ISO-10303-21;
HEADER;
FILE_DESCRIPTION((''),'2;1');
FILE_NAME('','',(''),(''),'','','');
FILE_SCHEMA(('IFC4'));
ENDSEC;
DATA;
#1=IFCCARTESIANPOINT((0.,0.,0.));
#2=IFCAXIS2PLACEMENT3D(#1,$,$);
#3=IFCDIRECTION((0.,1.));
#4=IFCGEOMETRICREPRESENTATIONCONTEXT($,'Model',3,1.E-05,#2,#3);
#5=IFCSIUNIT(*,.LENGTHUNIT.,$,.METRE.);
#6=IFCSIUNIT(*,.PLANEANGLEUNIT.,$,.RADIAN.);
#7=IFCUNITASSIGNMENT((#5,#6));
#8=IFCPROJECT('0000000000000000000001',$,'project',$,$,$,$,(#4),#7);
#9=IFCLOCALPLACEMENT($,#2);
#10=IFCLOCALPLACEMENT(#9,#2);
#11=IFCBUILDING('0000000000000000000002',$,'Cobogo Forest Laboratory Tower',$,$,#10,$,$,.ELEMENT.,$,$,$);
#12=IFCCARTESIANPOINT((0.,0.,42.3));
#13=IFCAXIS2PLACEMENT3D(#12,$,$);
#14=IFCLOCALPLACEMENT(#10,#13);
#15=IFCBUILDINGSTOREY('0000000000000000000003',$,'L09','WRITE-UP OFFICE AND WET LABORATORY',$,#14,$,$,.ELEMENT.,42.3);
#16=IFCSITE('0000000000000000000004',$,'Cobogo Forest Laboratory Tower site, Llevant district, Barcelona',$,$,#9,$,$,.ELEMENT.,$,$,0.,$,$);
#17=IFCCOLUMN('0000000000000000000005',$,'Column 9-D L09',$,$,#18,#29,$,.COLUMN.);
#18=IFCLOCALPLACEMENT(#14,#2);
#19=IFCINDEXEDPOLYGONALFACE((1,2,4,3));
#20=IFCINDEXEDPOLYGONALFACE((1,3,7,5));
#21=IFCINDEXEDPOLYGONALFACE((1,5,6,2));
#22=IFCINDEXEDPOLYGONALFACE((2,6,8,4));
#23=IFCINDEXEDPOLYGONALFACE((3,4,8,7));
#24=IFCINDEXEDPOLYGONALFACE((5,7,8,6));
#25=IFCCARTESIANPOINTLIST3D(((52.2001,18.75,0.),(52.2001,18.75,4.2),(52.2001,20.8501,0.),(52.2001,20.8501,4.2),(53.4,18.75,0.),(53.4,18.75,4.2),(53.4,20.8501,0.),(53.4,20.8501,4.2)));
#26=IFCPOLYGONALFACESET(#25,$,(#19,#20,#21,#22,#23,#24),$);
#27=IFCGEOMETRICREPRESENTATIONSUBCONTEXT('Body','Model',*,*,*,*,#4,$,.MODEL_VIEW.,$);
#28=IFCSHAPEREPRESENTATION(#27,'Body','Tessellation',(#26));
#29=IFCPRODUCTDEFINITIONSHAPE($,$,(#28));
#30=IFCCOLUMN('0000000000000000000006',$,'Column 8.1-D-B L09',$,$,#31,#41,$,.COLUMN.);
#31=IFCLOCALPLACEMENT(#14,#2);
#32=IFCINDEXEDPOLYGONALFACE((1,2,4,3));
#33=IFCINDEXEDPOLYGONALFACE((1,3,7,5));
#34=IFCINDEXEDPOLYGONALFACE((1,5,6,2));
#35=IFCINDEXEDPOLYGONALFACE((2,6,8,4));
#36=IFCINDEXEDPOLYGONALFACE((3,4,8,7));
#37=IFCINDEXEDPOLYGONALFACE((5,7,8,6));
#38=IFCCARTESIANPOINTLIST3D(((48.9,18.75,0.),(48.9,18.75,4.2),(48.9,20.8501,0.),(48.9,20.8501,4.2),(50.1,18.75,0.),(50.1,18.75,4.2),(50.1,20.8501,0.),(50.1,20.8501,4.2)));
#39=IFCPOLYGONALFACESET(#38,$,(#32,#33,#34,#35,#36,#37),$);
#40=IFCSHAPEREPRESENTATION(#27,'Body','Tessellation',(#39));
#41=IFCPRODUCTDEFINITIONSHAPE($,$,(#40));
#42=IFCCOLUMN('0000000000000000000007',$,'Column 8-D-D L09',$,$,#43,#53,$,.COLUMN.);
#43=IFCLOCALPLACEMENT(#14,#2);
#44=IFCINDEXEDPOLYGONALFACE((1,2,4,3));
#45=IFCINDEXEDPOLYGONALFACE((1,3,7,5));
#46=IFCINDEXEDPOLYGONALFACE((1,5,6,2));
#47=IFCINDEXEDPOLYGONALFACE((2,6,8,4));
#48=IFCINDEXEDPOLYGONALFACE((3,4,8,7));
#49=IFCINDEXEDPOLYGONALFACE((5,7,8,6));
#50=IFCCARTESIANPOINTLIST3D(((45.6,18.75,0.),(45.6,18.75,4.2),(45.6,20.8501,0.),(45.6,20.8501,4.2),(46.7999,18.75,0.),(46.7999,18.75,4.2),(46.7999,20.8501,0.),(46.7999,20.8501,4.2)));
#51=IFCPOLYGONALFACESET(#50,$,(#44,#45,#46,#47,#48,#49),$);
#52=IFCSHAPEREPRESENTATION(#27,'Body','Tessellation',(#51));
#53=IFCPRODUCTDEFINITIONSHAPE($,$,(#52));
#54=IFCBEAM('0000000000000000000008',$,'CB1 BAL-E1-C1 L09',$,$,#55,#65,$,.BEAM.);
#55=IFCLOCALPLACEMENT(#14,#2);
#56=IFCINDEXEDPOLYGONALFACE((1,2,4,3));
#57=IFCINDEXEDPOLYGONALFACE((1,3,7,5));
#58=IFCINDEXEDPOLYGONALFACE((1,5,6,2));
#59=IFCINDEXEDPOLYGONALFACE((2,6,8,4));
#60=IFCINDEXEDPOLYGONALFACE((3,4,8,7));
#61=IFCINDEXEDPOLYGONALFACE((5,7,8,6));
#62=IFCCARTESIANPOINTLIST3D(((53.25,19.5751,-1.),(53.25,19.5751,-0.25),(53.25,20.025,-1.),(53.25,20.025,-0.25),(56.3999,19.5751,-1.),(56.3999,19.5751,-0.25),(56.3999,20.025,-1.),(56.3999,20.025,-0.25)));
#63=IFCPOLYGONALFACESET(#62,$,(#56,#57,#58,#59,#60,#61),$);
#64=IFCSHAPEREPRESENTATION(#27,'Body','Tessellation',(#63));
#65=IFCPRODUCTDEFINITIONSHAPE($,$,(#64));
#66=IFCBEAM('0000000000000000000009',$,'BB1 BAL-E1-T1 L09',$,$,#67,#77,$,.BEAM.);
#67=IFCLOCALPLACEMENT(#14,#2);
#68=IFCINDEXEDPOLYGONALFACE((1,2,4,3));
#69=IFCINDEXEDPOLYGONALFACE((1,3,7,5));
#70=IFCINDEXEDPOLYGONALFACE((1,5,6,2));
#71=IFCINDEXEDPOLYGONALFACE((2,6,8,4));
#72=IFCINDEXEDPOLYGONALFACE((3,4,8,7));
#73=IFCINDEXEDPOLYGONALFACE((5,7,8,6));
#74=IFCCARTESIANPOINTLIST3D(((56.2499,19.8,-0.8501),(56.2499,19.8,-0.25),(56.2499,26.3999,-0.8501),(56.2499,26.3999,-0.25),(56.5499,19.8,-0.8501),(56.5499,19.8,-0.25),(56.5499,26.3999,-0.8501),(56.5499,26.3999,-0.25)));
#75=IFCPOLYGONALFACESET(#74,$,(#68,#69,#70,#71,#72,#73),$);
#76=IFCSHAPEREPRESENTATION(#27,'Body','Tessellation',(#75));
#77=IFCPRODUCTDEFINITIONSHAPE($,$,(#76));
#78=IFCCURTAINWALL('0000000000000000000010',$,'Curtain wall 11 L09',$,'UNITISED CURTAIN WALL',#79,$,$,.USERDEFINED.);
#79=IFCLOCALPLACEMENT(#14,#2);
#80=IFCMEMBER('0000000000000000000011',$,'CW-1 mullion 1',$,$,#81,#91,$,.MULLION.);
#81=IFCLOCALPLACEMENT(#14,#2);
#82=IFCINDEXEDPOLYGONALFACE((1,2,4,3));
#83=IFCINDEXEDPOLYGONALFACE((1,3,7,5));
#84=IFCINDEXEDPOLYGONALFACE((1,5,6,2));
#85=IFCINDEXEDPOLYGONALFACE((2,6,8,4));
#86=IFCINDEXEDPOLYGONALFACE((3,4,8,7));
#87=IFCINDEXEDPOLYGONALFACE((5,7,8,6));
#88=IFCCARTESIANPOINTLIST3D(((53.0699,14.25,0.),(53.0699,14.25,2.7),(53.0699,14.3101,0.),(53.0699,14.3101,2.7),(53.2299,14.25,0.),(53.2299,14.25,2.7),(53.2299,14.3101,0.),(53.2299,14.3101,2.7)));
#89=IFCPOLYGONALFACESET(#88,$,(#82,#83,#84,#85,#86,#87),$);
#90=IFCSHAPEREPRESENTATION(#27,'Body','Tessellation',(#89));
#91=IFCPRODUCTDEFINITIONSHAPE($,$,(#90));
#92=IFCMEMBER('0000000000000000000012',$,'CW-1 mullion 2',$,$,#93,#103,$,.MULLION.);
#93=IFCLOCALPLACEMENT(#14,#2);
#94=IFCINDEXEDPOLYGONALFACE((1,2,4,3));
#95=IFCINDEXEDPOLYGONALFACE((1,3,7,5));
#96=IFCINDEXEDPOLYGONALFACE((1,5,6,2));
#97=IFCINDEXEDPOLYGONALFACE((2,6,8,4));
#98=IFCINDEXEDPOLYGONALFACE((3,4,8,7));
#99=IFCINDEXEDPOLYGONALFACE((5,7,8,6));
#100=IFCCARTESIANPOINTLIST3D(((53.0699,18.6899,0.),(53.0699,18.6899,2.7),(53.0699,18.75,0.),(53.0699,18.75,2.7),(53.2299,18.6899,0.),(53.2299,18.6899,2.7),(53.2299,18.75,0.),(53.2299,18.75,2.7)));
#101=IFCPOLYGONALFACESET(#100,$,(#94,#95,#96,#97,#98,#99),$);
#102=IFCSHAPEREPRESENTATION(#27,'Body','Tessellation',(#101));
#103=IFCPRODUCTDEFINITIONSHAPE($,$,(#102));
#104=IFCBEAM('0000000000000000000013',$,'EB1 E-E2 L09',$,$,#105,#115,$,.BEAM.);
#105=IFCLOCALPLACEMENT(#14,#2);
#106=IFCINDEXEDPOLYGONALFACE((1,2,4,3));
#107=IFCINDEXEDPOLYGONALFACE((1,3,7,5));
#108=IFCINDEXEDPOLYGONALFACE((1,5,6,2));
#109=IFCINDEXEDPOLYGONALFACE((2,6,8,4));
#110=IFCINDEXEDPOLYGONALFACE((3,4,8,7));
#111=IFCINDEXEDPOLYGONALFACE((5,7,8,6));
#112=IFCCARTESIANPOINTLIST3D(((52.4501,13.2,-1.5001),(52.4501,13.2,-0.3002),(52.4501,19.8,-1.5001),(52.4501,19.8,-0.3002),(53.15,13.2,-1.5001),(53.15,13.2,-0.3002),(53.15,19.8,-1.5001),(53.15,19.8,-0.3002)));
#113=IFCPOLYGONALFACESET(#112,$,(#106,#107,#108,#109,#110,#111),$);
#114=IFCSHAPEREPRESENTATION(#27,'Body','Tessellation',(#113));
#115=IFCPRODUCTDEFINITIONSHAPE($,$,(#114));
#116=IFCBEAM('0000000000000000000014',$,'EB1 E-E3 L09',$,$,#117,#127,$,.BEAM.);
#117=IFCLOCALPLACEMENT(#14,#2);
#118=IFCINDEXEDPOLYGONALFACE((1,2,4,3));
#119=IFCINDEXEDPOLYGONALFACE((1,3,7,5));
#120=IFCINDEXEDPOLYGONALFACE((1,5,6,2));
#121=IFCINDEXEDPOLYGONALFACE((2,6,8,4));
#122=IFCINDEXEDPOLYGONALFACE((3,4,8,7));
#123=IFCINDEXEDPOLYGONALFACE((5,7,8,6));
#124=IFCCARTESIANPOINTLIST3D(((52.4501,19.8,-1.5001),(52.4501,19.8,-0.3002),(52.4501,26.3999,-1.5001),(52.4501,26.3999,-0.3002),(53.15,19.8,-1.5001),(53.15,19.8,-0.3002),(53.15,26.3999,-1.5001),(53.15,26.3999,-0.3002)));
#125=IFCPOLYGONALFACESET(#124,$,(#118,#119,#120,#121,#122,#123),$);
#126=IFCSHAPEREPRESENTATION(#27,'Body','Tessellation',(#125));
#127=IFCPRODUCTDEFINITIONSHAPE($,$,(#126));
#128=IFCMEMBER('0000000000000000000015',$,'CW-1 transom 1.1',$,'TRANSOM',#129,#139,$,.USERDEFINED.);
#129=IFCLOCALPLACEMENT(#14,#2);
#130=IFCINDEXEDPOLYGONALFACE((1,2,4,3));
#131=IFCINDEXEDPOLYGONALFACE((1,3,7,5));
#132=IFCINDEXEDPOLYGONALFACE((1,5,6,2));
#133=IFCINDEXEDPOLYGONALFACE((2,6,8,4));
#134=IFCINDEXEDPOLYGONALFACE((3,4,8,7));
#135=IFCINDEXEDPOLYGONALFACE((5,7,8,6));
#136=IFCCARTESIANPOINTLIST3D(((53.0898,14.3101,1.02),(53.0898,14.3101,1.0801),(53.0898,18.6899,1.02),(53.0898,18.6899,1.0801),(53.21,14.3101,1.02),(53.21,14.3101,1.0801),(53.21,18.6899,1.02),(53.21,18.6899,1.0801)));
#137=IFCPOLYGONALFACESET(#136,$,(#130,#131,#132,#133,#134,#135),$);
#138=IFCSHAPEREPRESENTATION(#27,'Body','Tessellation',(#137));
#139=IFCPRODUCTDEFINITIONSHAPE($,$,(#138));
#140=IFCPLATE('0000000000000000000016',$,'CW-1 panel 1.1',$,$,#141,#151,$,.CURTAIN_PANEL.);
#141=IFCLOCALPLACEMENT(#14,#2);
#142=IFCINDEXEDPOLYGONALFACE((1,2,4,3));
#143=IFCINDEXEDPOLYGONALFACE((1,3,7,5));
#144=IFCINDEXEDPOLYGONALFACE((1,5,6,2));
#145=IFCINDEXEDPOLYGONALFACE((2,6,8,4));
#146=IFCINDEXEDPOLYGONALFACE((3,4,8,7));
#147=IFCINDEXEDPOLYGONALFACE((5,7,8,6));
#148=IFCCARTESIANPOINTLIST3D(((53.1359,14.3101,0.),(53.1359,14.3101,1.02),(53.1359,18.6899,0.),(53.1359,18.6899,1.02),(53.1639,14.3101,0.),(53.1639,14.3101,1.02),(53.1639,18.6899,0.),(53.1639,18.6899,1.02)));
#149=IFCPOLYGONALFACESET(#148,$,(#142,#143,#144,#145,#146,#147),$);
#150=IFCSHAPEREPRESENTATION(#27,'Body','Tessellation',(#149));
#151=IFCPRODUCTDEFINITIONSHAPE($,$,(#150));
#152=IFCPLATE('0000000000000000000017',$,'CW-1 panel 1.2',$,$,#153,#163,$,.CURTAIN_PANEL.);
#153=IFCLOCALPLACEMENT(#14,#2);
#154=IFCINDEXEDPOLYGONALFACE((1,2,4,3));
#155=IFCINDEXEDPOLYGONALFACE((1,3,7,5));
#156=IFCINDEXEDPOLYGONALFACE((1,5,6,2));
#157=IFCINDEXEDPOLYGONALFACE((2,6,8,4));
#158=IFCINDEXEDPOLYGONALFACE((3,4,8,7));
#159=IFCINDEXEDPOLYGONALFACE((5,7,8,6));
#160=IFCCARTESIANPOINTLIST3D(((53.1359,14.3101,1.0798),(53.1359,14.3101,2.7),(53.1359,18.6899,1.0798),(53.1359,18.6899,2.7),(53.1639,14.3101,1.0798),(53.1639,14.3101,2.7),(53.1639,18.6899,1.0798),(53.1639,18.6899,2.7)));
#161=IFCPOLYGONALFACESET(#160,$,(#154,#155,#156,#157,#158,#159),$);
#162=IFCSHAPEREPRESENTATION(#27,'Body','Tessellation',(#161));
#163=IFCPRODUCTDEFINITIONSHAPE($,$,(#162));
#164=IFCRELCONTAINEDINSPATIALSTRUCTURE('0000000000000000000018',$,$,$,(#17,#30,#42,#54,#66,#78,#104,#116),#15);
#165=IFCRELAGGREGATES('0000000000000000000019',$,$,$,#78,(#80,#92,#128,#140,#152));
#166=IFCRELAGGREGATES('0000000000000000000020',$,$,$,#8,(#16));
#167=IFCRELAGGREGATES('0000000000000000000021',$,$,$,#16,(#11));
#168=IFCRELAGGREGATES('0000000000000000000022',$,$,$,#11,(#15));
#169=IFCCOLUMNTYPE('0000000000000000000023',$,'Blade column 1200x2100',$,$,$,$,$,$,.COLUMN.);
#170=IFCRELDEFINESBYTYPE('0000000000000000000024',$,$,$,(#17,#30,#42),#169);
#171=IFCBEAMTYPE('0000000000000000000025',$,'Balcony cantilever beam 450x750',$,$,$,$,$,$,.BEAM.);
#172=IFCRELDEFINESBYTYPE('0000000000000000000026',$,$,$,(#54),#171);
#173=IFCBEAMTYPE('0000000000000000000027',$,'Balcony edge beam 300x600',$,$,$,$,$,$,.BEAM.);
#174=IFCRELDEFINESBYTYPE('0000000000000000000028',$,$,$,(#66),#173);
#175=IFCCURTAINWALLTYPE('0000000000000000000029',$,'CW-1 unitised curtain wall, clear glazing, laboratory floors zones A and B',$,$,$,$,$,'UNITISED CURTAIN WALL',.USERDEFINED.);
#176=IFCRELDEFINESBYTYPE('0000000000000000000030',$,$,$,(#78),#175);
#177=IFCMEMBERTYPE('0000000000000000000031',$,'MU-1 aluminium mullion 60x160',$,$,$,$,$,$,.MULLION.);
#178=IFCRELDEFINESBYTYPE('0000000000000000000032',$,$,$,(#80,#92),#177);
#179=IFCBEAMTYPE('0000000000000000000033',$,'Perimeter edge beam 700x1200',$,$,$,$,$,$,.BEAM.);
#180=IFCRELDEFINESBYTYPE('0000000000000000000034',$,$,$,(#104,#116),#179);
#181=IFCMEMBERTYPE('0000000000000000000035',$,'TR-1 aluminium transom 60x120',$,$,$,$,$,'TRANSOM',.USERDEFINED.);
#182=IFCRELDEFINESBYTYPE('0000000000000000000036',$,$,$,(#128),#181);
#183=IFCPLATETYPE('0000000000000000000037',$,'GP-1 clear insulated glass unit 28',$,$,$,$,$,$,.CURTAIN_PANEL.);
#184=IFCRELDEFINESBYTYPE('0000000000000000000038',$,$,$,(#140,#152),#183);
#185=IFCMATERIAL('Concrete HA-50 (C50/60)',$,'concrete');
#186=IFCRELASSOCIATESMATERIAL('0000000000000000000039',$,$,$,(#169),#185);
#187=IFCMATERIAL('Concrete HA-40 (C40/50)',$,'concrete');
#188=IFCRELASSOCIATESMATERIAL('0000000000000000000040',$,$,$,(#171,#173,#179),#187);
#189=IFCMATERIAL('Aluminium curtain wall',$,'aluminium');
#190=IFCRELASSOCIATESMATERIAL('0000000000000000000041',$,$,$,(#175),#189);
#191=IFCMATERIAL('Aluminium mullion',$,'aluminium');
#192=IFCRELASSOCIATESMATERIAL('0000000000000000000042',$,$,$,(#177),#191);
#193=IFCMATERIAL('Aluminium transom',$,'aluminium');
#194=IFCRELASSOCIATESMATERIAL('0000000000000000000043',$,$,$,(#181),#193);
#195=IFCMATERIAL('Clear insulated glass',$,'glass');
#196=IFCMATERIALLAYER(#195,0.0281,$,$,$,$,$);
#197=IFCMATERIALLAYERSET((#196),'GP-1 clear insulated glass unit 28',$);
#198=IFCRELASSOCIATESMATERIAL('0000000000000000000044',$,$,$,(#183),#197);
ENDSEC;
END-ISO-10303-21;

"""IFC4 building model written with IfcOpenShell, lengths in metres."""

from ifc_helpers import new_model, si_unit, direction, frame, origin, origin_2d, place, context, subcontext, project, spatial, rectangle, extrude, material, layer, layer_set, material_profile, profile_set, type_object, element, aggregate, save


model = new_model("IFC4")

# Units and contexts
model_context = context("Model", 3, precision=1e-05, world=origin(), true_north=direction((0.0, 1.0)))
body_context = subcontext(model_context, "Body", "Model", "MODEL_VIEW")
ifc_project = project(units=[si_unit("LENGTHUNIT", "METRE"), si_unit("PLANEANGLEUNIT", "RADIAN")], contexts=[model_context])

# Site, building, storey
site_placement = place(None, origin())
site = spatial("IfcSite", under=ifc_project, at=site_placement, Name="Cobogo Forest Laboratory Tower site, Llevant district, Barcelona", CompositionType="ELEMENT", RefElevation=0.0)
building_placement = place(site_placement, origin())
building = spatial("IfcBuilding", under=site, at=building_placement, Name="Cobogo Forest Laboratory Tower", CompositionType="ELEMENT")
storey_placement = place(building_placement, frame((0.0, 0.0, 42.3)))
storey = spatial("IfcBuildingStorey", under=building, at=storey_placement, Name="L09", Description="WRITE-UP OFFICE AND WET LABORATORY", CompositionType="ELEMENT", Elevation=42.3)

# Columns
ifc_material_1 = material(Name="Concrete HA-50 (C50/60)", Category="concrete")
ifc_material_profile_1 = material_profile(ifc_material_1, rectangle(XDim=2.1001, YDim=1.2, at=origin_2d()), Name="RC 1200x2100")
ifc_profile_set_1 = profile_set([ifc_material_profile_1], Name="Concrete HA-50 (C50/60)")
column_type = type_object("IfcColumnType", Name="Blade column 1200x2100", PredefinedType="COLUMN", material=ifc_profile_set_1)
for number, where, z_axis, x_axis, name in (
    (1, (52.8, 19.8, 0.0), (0.0, 0.0, 1.0), (0.0, 1.0, 0.0), "Column 9-D L09"),
    (2, (49.5, 19.8, 0.0), (0.0, 0.0, 1.0), (0.0, 1.0, 0.0), "Column 8.1-D-B L09"),
    (3, (46.2, 19.8, 0.0), (0.0, 0.0, 1.0), (0.0, 1.0, 0.0), "Column 8-D-D L09"),
):
    element("IfcColumn", number, at=place(storey_placement, frame(where, z_axis=z_axis, x_axis=x_axis)), inside=storey, type_object=column_type, Name=name, PredefinedType="COLUMN", context=body_context, shape_type="SweptSolid", body=[
        extrude(rectangle(XDim=2.1001, YDim=1.2, at=origin_2d()), origin(), (0.0, 0.0, 1.0), 4.2),
    ])

# Beams
ifc_material_2 = material(Name="Concrete HA-40 (C40/50)", Category="concrete")
ifc_material_profile_2 = material_profile(ifc_material_2, rectangle(XDim=0.45, YDim=0.75, at=origin_2d()), Name="RC 450x750")
ifc_profile_set_2 = profile_set([ifc_material_profile_2], Name="Concrete HA-40 (C40/50)")
beam_type_1 = type_object("IfcBeamType", Name="Balcony cantilever beam 450x750", PredefinedType="BEAM", material=ifc_profile_set_2)
beam_1_placement = place(storey_placement, frame((53.25, 19.8, -0.625), z_axis=(1.0, 0.0, 0.0), x_axis=(0.0, 1.0, 0.0)))
element("IfcBeam", 4, at=beam_1_placement, inside=storey, type_object=beam_type_1, Name="CB1 BAL-E1-C1 L09", PredefinedType="BEAM", context=body_context, shape_type="SweptSolid", body=[
    extrude(rectangle(XDim=0.45, YDim=0.75, at=origin_2d()), origin(), (0.0, 0.0, 1.0), 3.1499),
])
ifc_material_profile_3 = material_profile(ifc_material_2, rectangle(XDim=0.3, YDim=0.6001, at=origin_2d()), Name="RC 300x600")
ifc_profile_set_3 = profile_set([ifc_material_profile_3], Name="Concrete HA-40 (C40/50)")
beam_type_2 = type_object("IfcBeamType", Name="Balcony edge beam 300x600", PredefinedType="BEAM", material=ifc_profile_set_3)
beam_2_placement = place(storey_placement, frame((56.3999, 19.8, -0.55), z_axis=(0.0, 1.0, 0.0), x_axis=(-1.0, 0.0, 0.0)))
element("IfcBeam", 5, at=beam_2_placement, inside=storey, type_object=beam_type_2, Name="BB1 BAL-E1-T1 L09", PredefinedType="BEAM", context=body_context, shape_type="SweptSolid", body=[
    extrude(rectangle(XDim=0.3, YDim=0.6001, at=origin_2d()), origin(), (0.0, 0.0, 1.0), 6.5999),
])

# Curtain wall, members
ifc_material_3 = material(Name="Aluminium curtain wall", Category="aluminium")
curtain_wall_type = type_object("IfcCurtainWallType", Name="CW-1 unitised curtain wall, clear glazing, laboratory floors zones A and B", ElementType="UNITISED CURTAIN WALL", PredefinedType="USERDEFINED", material=ifc_material_3)
curtain_wall_placement = place(storey_placement, origin())
curtain_wall = element("IfcCurtainWall", 6, at=curtain_wall_placement, inside=storey, type_object=curtain_wall_type, Name="Curtain wall 11 L09", ObjectType="UNITISED CURTAIN WALL", PredefinedType="USERDEFINED")
ifc_material_4 = material(Name="Aluminium mullion", Category="aluminium")
ifc_material_profile_4 = material_profile(ifc_material_4, rectangle(XDim=0.0601, YDim=0.1599, at=origin_2d()), Name="AL 60x160")
ifc_profile_set_4 = profile_set([ifc_material_profile_4], Name="Aluminium mullion")
member_type_1 = type_object("IfcMemberType", Name="MU-1 aluminium mullion 60x160", PredefinedType="MULLION", material=ifc_profile_set_4)
member_1_placement = place(storey_placement, frame((53.1499, 14.28, 0.0), z_axis=(0.0, 0.0, 1.0), x_axis=(0.0, 1.0, 0.0)))
member_1 = element("IfcMember", 7, at=member_1_placement, type_object=member_type_1, Name="CW-1 mullion 1", PredefinedType="MULLION", context=body_context, shape_type="SweptSolid", body=[
    extrude(rectangle(XDim=0.0601, YDim=0.1599, at=origin_2d()), origin(), (0.0, 0.0, 1.0), 2.7),
])
member_2_placement = place(storey_placement, frame((53.1499, 18.72, 0.0), z_axis=(0.0, 0.0, 1.0), x_axis=(0.0, 1.0, 0.0)))
member_2 = element("IfcMember", 8, at=member_2_placement, type_object=member_type_1, Name="CW-1 mullion 2", PredefinedType="MULLION", context=body_context, shape_type="SweptSolid", body=[
    extrude(rectangle(XDim=0.0601, YDim=0.1599, at=origin_2d()), origin(), (0.0, 0.0, 1.0), 2.7),
])

# Beams
ifc_material_profile_5 = material_profile(ifc_material_2, rectangle(XDim=0.7, YDim=1.2, at=origin_2d()), Name="RC 700x1200")
ifc_profile_set_5 = profile_set([ifc_material_profile_5], Name="Concrete HA-40 (C40/50)")
beam_type_3 = type_object("IfcBeamType", Name="Perimeter edge beam 700x1200", PredefinedType="BEAM", material=ifc_profile_set_5)
beam_3_placement = place(storey_placement, frame((52.8, 13.2, -0.9001), z_axis=(0.0, 1.0, 0.0), x_axis=(-1.0, 0.0, 0.0)))
element("IfcBeam", 9, at=beam_3_placement, inside=storey, type_object=beam_type_3, Name="EB1 E-E2 L09", PredefinedType="BEAM", context=body_context, shape_type="SweptSolid", body=[
    extrude(rectangle(XDim=0.7, YDim=1.2, at=origin_2d()), origin(), (0.0, 0.0, 1.0), 6.6001),
])
beam_4_placement = place(storey_placement, frame((52.8, 19.8, -0.9001), z_axis=(0.0, 1.0, 0.0), x_axis=(-1.0, 0.0, 0.0)))
element("IfcBeam", 10, at=beam_4_placement, inside=storey, type_object=beam_type_3, Name="EB1 E-E3 L09", PredefinedType="BEAM", context=body_context, shape_type="SweptSolid", body=[
    extrude(rectangle(XDim=0.7, YDim=1.2, at=origin_2d()), origin(), (0.0, 0.0, 1.0), 6.5999),
])

# Member
ifc_material_5 = material(Name="Aluminium transom", Category="aluminium")
ifc_material_profile_6 = material_profile(ifc_material_5, rectangle(XDim=0.1201, YDim=0.0601, at=origin_2d()), Name="AL 60x120")
ifc_profile_set_6 = profile_set([ifc_material_profile_6], Name="Aluminium transom")
member_type_2 = type_object("IfcMemberType", Name="TR-1 aluminium transom 60x120", ElementType="TRANSOM", PredefinedType="USERDEFINED", material=ifc_profile_set_6)
member_3_placement = place(storey_placement, frame((53.1499, 14.3101, 1.05), z_axis=(0.0, 1.0, 0.0), x_axis=(-1.0, 0.0, 0.0)))
member_3 = element("IfcMember", 11, at=member_3_placement, type_object=member_type_2, Name="CW-1 transom 1.1", ObjectType="TRANSOM", PredefinedType="USERDEFINED", context=body_context, shape_type="SweptSolid", body=[
    extrude(rectangle(XDim=0.1201, YDim=0.0601, at=origin_2d()), origin(), (0.0, 0.0, 1.0), 4.3799),
])

# Plates
ifc_material_6 = material(Name="Clear insulated glass", Category="glass")
ifc_layer_1 = layer(ifc_material_6, 0.0281)
ifc_layer_set_1 = layer_set([ifc_layer_1], Name="GP-1 clear insulated glass unit 28")
plate_type_1 = type_object("IfcPlateType", Name="GP-1 clear insulated glass unit 28", PredefinedType="CURTAIN_PANEL", material=ifc_layer_set_1)
plate_1_placement = place(storey_placement, frame((53.1499, 16.5, 0.0), z_axis=(0.0, 0.0, 1.0), x_axis=(0.0, 1.0, 0.0)))
plate_1 = element("IfcPlate", 12, at=plate_1_placement, type_object=plate_type_1, Name="CW-1 panel 1.1", PredefinedType="CURTAIN_PANEL", context=body_context, shape_type="SweptSolid", body=[
    extrude(rectangle(XDim=4.3799, YDim=0.0281, at=origin_2d()), origin(), (0.0, 0.0, 1.0), 1.02),
])
plate_2_placement = place(storey_placement, frame((53.1499, 16.5, 1.0798), z_axis=(0.0, 0.0, 1.0), x_axis=(0.0, 1.0, 0.0)))
plate_2 = element("IfcPlate", 13, at=plate_2_placement, type_object=plate_type_1, Name="CW-1 panel 1.2", PredefinedType="CURTAIN_PANEL", context=body_context, shape_type="SweptSolid", body=[
    extrude(rectangle(XDim=4.3799, YDim=0.0281, at=origin_2d()), origin(), (0.0, 0.0, 1.0), 1.6201),
])
aggregate(curtain_wall, [member_1, member_2, member_3, plate_1, plate_2])

save(model, "model.ifc")
